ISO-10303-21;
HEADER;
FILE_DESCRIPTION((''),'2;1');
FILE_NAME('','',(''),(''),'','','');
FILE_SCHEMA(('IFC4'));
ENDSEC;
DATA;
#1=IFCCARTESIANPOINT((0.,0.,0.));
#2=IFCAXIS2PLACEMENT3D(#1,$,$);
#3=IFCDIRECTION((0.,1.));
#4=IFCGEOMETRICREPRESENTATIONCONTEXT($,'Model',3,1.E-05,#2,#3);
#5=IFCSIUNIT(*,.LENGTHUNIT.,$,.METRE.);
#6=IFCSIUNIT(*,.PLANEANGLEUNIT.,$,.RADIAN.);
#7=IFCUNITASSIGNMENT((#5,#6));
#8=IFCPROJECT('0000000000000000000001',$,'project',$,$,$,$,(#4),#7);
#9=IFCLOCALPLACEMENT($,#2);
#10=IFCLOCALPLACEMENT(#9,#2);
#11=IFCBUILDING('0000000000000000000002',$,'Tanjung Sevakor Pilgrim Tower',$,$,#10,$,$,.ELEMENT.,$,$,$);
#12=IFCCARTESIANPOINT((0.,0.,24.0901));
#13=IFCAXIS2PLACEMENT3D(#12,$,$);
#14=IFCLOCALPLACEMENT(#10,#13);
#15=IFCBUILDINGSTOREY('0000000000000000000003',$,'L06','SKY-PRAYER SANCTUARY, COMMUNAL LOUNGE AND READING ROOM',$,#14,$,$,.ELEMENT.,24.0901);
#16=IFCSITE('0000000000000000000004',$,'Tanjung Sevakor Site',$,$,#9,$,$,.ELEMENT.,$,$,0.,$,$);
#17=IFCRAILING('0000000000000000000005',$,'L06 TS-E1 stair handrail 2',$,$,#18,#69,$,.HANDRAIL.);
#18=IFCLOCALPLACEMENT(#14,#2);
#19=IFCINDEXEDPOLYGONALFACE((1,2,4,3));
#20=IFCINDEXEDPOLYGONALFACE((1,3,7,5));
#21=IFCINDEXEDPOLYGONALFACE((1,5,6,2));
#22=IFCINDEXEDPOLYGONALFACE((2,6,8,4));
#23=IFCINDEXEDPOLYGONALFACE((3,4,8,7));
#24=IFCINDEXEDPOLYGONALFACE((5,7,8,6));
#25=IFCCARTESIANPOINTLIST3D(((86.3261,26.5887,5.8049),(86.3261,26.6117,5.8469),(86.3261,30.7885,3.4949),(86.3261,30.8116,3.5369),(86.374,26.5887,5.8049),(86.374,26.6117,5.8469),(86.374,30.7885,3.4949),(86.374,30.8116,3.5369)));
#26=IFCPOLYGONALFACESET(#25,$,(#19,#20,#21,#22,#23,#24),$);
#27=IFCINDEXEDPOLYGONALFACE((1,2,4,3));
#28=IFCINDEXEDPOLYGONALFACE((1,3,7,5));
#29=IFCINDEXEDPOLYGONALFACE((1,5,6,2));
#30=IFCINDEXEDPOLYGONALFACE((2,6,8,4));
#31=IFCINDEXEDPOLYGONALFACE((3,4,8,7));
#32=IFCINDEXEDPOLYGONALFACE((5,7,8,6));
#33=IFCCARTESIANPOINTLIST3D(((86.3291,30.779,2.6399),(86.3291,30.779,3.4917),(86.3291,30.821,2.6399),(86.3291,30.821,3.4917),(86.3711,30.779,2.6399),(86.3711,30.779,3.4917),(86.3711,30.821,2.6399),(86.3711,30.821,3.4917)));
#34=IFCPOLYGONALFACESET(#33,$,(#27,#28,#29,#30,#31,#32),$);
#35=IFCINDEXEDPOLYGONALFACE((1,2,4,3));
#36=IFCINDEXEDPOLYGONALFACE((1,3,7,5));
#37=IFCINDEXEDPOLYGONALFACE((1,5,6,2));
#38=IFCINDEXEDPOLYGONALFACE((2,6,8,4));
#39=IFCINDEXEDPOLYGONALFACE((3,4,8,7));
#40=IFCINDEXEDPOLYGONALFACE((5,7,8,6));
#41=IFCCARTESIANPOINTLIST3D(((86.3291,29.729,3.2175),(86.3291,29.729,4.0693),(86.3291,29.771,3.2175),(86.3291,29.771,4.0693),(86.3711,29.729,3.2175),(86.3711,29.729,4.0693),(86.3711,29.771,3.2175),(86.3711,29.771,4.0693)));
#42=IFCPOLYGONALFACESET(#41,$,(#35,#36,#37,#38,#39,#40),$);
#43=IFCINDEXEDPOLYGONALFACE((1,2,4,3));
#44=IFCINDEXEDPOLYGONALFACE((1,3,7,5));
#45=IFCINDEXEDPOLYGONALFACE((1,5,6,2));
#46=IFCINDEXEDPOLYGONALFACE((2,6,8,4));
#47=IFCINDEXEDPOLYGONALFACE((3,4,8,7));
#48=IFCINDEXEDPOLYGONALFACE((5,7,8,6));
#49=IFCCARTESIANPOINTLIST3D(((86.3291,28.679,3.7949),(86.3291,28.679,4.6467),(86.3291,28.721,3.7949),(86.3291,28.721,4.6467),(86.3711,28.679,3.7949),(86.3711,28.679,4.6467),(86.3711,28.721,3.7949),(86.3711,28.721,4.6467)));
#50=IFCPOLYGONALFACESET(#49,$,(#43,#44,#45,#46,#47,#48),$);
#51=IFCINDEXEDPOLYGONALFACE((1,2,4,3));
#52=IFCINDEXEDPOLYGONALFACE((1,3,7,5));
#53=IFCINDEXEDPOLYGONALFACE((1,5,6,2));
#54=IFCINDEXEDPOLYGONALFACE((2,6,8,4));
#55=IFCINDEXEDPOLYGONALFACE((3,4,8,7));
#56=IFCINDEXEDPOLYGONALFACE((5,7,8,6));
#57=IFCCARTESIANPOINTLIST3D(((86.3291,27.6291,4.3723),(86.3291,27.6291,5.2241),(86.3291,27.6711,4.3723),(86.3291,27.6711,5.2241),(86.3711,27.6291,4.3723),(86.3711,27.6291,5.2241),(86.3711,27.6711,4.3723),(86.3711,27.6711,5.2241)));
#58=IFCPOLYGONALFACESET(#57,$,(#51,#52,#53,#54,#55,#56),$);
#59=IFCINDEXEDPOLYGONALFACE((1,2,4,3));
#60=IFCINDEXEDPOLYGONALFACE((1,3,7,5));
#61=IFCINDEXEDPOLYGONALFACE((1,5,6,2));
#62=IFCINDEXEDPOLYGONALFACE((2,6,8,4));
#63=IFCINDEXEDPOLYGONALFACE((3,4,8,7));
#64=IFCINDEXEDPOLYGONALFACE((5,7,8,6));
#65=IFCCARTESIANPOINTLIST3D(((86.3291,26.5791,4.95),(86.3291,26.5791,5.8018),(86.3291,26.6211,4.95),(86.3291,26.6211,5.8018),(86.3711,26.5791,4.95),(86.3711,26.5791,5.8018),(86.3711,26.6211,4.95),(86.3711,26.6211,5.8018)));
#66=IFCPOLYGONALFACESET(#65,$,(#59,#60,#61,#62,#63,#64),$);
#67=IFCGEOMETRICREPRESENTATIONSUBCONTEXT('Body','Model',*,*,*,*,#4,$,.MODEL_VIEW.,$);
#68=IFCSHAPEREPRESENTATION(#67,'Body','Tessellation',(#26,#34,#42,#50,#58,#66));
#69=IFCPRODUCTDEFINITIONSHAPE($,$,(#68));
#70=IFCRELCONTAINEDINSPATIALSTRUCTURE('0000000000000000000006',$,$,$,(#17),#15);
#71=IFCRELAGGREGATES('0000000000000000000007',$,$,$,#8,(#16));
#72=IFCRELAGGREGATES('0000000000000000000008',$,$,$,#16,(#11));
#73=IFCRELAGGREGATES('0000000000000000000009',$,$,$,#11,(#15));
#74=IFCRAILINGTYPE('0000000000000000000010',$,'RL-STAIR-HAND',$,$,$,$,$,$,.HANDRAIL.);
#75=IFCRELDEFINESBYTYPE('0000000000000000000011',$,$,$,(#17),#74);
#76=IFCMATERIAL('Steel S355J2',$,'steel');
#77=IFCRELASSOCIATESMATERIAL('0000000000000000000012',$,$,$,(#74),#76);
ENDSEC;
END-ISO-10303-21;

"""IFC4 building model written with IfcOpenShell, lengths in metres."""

from ifc_helpers import new_model, si_unit, direction, frame, origin, place, context, subcontext, project, spatial, rectangle, extrude, material, type_object, element, save


model = new_model("IFC4")

# Units and contexts
model_context = context("Model", 3, precision=1e-05, world=origin(), true_north=direction((0.0, 1.0)))
body_context = subcontext(model_context, "Body", "Model", "MODEL_VIEW")
ifc_project = project(units=[si_unit("LENGTHUNIT", "METRE"), si_unit("PLANEANGLEUNIT", "RADIAN")], contexts=[model_context])

# Site, building, storey
site_placement = place(None, origin())
site = spatial("IfcSite", under=ifc_project, at=site_placement, Name="Tanjung Sevakor Site", CompositionType="ELEMENT", RefElevation=0.0)
building_placement = place(site_placement, origin())
building = spatial("IfcBuilding", under=site, at=building_placement, Name="Tanjung Sevakor Pilgrim Tower", CompositionType="ELEMENT")
storey_placement = place(building_placement, frame((0.0, 0.0, 24.0901)))
storey = spatial("IfcBuildingStorey", under=building, at=storey_placement, Name="L06", Description="SKY-PRAYER SANCTUARY, COMMUNAL LOUNGE AND READING ROOM", CompositionType="ELEMENT", Elevation=24.0901)

# Railing
ifc_material_1 = material(Name="Steel S355J2", Category="steel")
railing_type_1 = type_object("IfcRailingType", Name="RL-STAIR-HAND", PredefinedType="HANDRAIL", material=ifc_material_1)
railing_1_placement = place(storey_placement, frame((86.3501, 30.8, 2.6399)))
element("IfcRailing", 1, at=railing_1_placement, inside=storey, type_object=railing_type_1, Name="L06 TS-E1 stair handrail 2", PredefinedType="HANDRAIL", context=body_context, shape_type="SweptSolid", body=[
    extrude(rectangle(XDim=0.0479, YDim=0.0479), frame((0.0, 0.0, 0.876), z_axis=(0.0, -0.876208, 0.481932), x_axis=(1.0, 0.0, 0.0)), (0.0, 0.0, 1.0), 4.7932),
    extrude(rectangle(XDim=0.042, YDim=0.042), origin(), (0.0, 0.0, 1.0), 0.8518),
    extrude(rectangle(XDim=0.042, YDim=0.042), frame((0.0, -1.05, 0.5776)), (0.0, 0.0, 1.0), 0.8518),
    extrude(rectangle(XDim=0.042, YDim=0.042), frame((0.0, -2.1001, 1.155)), (0.0, 0.0, 1.0), 0.8518),
    extrude(rectangle(XDim=0.042, YDim=0.042), frame((0.0, -3.1499, 1.7324)), (0.0, 0.0, 1.0), 0.8518),
    extrude(rectangle(XDim=0.042, YDim=0.042), frame((0.0, -4.2, 2.3101)), (0.0, 0.0, 1.0), 0.8518),
])

save(model, "model.ifc")
